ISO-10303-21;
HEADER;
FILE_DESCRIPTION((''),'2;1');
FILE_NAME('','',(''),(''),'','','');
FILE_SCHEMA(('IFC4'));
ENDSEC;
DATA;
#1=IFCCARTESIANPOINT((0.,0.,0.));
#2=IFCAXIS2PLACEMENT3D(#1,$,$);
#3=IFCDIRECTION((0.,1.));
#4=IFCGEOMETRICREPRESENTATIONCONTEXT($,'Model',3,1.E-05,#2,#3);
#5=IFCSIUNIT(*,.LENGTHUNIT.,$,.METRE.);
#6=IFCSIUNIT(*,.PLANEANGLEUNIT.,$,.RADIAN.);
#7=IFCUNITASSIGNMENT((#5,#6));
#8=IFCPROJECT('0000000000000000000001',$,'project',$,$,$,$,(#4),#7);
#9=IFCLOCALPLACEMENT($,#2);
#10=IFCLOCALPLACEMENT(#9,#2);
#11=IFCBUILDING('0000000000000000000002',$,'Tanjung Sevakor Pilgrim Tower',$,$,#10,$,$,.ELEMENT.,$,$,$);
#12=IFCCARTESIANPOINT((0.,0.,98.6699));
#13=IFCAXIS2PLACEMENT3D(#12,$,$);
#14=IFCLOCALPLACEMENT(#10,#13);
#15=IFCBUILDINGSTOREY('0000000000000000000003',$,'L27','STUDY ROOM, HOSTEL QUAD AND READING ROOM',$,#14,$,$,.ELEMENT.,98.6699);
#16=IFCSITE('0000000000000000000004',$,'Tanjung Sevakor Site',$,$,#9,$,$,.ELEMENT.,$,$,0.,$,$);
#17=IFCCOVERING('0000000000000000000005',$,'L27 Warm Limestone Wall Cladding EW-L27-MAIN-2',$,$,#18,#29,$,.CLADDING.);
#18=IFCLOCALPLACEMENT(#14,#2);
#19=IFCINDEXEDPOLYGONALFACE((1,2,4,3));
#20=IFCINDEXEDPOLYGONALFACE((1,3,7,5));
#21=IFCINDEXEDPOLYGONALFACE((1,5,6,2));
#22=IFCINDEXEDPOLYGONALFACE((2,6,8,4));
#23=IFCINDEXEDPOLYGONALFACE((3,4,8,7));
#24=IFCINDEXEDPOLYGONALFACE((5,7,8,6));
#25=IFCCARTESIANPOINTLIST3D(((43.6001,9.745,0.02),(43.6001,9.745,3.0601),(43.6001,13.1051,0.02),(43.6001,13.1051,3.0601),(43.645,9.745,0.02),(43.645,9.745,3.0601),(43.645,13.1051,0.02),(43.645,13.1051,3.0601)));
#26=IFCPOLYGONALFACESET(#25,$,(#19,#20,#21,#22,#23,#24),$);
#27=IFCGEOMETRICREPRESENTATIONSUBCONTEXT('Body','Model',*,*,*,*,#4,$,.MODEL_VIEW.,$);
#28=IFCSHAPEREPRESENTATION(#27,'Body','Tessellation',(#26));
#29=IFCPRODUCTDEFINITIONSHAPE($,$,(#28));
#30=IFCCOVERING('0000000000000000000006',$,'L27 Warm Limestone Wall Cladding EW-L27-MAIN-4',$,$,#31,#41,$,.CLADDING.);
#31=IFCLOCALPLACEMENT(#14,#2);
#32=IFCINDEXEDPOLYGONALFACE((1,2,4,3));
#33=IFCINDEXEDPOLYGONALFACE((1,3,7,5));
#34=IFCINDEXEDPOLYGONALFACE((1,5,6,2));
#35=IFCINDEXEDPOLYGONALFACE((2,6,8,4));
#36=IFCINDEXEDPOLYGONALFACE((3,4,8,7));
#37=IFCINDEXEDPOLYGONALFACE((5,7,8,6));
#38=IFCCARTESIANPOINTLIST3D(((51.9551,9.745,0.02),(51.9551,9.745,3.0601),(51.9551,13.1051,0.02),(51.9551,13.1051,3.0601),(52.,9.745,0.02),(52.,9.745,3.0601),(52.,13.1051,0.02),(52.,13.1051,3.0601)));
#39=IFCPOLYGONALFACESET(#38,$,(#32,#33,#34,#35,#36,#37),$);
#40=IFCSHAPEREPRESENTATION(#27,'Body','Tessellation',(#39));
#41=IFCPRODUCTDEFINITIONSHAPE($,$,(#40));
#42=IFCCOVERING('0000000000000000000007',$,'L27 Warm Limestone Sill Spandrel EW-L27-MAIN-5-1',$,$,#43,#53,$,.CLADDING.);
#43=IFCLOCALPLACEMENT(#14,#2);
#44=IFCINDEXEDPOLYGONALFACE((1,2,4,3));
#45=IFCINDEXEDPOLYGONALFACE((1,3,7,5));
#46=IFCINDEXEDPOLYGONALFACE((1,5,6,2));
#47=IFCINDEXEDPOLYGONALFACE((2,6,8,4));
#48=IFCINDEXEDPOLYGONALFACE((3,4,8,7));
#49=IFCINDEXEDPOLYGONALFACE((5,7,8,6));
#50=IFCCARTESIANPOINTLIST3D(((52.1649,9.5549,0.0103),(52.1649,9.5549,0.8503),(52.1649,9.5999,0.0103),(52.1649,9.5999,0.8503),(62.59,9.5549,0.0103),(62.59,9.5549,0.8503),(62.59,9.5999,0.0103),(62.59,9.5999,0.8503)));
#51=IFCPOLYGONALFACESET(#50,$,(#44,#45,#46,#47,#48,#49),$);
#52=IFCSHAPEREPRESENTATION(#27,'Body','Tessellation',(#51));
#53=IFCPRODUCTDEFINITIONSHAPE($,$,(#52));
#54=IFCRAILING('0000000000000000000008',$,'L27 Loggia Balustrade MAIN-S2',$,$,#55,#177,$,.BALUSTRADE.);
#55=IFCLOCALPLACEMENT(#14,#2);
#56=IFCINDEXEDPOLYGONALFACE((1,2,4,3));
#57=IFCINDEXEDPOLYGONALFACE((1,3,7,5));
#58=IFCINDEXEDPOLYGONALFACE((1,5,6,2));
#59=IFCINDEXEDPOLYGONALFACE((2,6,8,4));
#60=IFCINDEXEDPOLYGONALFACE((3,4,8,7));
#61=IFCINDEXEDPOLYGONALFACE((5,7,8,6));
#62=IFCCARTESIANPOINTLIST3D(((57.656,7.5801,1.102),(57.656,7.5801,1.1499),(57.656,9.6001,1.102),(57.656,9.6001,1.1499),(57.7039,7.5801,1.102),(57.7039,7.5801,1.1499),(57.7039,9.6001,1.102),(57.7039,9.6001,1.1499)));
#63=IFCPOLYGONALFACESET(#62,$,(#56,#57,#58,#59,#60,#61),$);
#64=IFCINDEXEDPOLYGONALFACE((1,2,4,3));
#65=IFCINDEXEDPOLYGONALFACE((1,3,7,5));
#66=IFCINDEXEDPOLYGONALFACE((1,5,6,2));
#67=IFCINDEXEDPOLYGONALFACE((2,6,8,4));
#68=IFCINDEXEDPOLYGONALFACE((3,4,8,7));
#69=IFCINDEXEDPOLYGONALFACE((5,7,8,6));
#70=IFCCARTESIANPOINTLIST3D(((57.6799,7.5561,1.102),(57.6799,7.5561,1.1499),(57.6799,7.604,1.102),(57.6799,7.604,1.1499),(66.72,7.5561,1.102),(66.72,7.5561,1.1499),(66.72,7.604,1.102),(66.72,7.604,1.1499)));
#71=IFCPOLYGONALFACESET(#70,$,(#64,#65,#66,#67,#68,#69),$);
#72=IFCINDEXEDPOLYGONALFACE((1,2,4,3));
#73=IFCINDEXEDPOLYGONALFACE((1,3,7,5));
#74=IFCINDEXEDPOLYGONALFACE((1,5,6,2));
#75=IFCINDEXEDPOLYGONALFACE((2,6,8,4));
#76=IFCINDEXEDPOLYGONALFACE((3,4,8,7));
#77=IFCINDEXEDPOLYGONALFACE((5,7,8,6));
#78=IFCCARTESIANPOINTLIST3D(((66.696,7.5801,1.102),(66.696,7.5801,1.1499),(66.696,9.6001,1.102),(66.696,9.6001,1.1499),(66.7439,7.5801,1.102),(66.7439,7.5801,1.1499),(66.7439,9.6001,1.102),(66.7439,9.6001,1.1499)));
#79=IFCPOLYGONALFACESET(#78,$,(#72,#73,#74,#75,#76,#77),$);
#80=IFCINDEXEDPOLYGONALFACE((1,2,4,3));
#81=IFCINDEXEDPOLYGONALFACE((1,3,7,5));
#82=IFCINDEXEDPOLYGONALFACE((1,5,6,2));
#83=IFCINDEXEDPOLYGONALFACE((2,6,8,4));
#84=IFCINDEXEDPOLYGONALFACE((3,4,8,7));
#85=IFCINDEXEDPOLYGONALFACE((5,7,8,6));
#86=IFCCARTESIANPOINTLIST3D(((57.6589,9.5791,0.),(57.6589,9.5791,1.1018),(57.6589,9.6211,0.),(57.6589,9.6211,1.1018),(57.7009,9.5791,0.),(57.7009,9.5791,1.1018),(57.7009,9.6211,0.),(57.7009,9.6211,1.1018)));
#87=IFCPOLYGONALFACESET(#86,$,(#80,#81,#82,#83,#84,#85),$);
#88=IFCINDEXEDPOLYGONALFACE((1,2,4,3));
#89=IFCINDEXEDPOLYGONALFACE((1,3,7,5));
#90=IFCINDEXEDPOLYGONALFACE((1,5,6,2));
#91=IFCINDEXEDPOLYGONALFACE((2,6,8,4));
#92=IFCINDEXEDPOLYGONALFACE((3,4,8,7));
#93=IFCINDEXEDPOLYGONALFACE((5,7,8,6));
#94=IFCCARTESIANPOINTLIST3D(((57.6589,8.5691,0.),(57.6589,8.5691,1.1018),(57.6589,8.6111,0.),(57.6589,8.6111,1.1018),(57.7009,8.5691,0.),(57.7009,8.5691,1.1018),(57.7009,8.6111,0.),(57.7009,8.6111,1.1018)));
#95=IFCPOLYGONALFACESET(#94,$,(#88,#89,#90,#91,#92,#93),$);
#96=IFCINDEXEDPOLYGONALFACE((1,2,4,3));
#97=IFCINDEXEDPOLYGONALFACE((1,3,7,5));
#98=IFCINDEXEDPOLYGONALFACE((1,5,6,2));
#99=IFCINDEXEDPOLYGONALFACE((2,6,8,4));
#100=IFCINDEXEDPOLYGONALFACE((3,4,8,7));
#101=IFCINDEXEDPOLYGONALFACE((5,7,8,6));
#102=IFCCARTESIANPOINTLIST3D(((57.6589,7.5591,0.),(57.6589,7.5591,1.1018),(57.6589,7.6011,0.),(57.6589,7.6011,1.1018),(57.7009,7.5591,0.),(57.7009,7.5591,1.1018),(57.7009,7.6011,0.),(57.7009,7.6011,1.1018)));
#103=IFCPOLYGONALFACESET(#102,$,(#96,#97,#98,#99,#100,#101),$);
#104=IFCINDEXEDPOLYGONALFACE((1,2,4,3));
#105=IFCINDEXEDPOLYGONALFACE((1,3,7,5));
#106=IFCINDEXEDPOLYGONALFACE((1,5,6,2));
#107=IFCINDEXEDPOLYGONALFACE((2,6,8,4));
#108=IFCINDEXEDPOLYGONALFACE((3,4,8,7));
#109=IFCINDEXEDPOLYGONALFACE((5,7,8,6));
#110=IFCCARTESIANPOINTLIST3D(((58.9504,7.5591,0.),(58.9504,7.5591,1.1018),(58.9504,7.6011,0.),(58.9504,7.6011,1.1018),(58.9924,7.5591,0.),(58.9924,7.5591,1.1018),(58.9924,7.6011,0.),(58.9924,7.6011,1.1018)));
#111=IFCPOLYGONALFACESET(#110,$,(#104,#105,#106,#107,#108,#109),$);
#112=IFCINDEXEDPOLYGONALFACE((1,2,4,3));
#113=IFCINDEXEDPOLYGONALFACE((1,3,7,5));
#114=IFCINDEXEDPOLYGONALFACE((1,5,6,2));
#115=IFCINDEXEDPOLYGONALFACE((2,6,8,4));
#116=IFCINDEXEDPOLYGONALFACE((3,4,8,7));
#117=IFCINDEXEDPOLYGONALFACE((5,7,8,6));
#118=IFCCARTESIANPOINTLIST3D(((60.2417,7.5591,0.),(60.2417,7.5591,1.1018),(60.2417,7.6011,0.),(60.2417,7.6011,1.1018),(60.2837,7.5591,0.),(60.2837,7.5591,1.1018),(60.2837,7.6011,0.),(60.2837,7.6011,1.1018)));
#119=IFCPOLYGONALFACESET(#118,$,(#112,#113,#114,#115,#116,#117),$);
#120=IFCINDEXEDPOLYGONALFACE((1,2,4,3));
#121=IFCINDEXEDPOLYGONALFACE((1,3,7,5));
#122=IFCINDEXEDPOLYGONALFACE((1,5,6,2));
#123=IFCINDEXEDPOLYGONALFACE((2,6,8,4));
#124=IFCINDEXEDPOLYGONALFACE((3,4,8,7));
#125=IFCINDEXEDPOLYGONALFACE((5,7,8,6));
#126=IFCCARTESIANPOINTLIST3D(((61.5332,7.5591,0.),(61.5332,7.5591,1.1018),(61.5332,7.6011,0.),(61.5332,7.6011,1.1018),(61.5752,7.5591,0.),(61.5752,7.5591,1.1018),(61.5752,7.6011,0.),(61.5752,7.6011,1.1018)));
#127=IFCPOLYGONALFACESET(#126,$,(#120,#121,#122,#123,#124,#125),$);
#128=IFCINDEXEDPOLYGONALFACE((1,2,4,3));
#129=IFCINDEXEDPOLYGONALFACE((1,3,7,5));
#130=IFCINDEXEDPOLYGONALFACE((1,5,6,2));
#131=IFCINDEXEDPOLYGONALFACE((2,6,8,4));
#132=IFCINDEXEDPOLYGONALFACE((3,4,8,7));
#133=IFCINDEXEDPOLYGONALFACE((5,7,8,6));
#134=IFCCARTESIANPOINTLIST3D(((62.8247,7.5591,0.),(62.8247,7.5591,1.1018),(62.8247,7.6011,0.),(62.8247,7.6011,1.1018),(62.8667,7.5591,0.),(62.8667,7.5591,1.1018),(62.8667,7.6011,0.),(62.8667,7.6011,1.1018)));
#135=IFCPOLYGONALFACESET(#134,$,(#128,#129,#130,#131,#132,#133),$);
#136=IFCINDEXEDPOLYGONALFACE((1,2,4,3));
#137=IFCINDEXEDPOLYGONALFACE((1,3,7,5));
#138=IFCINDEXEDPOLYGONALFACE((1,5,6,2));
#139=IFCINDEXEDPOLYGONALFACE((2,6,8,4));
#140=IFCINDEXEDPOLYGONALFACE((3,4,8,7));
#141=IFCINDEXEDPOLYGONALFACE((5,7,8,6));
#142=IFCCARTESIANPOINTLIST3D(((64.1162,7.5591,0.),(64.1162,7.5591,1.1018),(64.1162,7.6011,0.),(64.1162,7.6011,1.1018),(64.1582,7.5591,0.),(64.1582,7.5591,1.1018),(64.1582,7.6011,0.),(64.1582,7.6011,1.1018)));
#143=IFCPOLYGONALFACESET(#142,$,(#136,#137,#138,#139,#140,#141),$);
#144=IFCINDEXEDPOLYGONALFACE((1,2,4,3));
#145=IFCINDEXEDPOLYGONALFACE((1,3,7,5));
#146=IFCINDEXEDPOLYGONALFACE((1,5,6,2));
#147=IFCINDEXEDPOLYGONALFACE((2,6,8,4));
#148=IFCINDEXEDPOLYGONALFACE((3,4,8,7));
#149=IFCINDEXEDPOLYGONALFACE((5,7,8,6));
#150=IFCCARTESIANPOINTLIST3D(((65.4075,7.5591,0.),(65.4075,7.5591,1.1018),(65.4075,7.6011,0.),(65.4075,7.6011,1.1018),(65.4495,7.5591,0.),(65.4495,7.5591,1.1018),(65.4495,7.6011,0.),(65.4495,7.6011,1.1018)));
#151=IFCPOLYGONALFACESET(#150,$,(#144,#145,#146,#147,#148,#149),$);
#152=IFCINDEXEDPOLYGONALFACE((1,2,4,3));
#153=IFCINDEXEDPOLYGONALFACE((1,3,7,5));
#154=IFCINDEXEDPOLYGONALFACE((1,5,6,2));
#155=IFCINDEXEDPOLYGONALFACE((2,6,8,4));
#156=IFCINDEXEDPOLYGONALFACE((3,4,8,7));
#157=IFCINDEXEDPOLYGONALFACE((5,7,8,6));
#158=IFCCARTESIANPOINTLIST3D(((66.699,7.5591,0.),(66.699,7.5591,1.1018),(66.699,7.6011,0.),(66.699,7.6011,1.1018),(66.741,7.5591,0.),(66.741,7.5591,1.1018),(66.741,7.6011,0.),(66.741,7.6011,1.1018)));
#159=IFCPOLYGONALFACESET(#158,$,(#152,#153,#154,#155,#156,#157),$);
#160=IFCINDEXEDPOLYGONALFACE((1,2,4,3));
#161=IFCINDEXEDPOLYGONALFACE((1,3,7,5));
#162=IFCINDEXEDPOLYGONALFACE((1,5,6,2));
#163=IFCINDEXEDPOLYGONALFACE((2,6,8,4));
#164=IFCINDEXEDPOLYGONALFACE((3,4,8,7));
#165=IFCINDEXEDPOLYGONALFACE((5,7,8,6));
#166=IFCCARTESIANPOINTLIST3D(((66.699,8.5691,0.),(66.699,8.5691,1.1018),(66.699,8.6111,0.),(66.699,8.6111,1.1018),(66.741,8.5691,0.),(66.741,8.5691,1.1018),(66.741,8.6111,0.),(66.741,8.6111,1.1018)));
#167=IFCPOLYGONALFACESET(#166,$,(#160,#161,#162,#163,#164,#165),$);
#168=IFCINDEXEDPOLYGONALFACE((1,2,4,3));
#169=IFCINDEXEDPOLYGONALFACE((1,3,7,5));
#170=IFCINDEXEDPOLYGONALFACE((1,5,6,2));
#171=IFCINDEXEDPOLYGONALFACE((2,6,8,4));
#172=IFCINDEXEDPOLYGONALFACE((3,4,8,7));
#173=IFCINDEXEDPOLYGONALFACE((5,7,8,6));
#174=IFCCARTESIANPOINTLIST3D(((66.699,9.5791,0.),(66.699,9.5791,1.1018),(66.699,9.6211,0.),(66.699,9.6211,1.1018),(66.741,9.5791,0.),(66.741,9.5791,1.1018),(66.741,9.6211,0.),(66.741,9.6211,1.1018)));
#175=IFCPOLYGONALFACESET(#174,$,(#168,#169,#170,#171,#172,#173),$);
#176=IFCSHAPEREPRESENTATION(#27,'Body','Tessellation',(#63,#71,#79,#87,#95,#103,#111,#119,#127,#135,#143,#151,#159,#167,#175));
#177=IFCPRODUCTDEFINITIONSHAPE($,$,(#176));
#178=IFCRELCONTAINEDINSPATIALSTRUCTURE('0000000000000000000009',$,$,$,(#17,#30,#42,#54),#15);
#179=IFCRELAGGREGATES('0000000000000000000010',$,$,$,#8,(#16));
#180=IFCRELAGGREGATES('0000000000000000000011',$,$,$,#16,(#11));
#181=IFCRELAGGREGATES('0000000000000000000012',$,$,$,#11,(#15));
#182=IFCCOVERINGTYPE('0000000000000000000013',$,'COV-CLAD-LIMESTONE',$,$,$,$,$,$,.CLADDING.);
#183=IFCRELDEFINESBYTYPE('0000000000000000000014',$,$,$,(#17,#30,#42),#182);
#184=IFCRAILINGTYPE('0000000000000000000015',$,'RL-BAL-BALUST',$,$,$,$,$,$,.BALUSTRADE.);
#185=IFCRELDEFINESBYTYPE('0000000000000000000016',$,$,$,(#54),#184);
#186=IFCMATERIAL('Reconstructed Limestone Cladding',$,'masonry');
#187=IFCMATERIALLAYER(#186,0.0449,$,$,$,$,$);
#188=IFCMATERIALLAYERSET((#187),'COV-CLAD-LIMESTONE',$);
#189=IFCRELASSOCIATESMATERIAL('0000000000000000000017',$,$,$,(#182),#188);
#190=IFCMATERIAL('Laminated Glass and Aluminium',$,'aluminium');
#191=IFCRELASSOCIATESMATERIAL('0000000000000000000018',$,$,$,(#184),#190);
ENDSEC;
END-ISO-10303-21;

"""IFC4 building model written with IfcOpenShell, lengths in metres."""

from ifc_helpers import new_model, si_unit, direction, frame, origin, origin_2d, place, context, subcontext, project, spatial, rectangle, extrude, material, layer, layer_set, type_object, element, save


model = new_model("IFC4")

# Units and contexts
model_context = context("Model", 3, precision=1e-05, world=origin(), true_north=direction((0.0, 1.0)))
body_context = subcontext(model_context, "Body", "Model", "MODEL_VIEW")
ifc_project = project(units=[si_unit("LENGTHUNIT", "METRE"), si_unit("PLANEANGLEUNIT", "RADIAN")], contexts=[model_context])

# Site, building, storey
site_placement = place(None, origin())
site = spatial("IfcSite", under=ifc_project, at=site_placement, Name="Tanjung Sevakor Site", CompositionType="ELEMENT", RefElevation=0.0)
building_placement = place(site_placement, origin())
building = spatial("IfcBuilding", under=site, at=building_placement, Name="Tanjung Sevakor Pilgrim Tower", CompositionType="ELEMENT")
storey_placement = place(building_placement, frame((0.0, 0.0, 98.6699)))
storey = spatial("IfcBuildingStorey", under=building, at=storey_placement, Name="L27", Description="STUDY ROOM, HOSTEL QUAD AND READING ROOM", CompositionType="ELEMENT", Elevation=98.6699)

# Coverings
ifc_material_1 = material(Name="Reconstructed Limestone Cladding", Category="masonry")
ifc_layer_1 = layer(ifc_material_1, 0.0449)
ifc_layer_set_1 = layer_set([ifc_layer_1], Name="COV-CLAD-LIMESTONE")
covering_type = type_object("IfcCoveringType", Name="COV-CLAD-LIMESTONE", PredefinedType="CLADDING", material=ifc_layer_set_1)
for number, where, z_axis, x_axis, name in (
    (1, (43.6226, 11.425, 0.02), (0.0, 0.0, 1.0), (0.0, 1.0, 0.0), "L27 Warm Limestone Wall Cladding EW-L27-MAIN-2"),
    (2, (51.9775, 11.425, 0.02), (0.0, 0.0, 1.0), (0.0, -1.0, 0.0), "L27 Warm Limestone Wall Cladding EW-L27-MAIN-4"),
):
    element("IfcCovering", number, at=place(storey_placement, frame(where, z_axis=z_axis, x_axis=x_axis)), inside=storey, type_object=covering_type, Name=name, PredefinedType="CLADDING", context=body_context, shape_type="SweptSolid", body=[
        extrude(rectangle(XDim=3.3601, YDim=0.0449, at=origin_2d()), origin(), (0.0, 0.0, 1.0), 3.04),
    ])
covering_placement = place(storey_placement, frame((57.3774, 9.5774, 0.0103), z_axis=(0.0, 0.0, 1.0), x_axis=(1.0, 0.0, 0.0)))
element("IfcCovering", 3, at=covering_placement, inside=storey, type_object=covering_type, Name="L27 Warm Limestone Sill Spandrel EW-L27-MAIN-5-1", PredefinedType="CLADDING", context=body_context, shape_type="SweptSolid", body=[
    extrude(rectangle(XDim=10.425, YDim=0.0449, at=origin_2d()), origin(), (0.0, 0.0, 1.0), 0.8401),
])

# Railing
ifc_material_2 = material(Name="Laminated Glass and Aluminium", Category="aluminium")
railing_type = type_object("IfcRailingType", Name="RL-BAL-BALUST", PredefinedType="BALUSTRADE", material=ifc_material_2)
railing_placement = place(storey_placement, frame((57.6799, 9.6001, 0.0)))
element("IfcRailing", 4, at=railing_placement, inside=storey, type_object=railing_type, Name="L27 Loggia Balustrade MAIN-S2", PredefinedType="BALUSTRADE", context=body_context, shape_type="SweptSolid", body=[
    extrude(rectangle(XDim=0.0479, YDim=0.0479), frame((0.0, 0.0, 1.126), z_axis=(0.0, -1.0, 0.0), x_axis=(1.0, 0.0, 0.0)), (0.0, 0.0, 1.0), 2.02),
    extrude(rectangle(XDim=0.0479, YDim=0.0479), frame((0.0, -2.02, 1.126), z_axis=(1.0, 0.0, 0.0), x_axis=(0.0, 1.0, 0.0)), (0.0, 0.0, 1.0), 9.04),
    extrude(rectangle(XDim=0.0479, YDim=0.0479), frame((9.04, -2.02, 1.126), z_axis=(0.0, 1.0, 0.0), x_axis=(-1.0, 0.0, 0.0)), (0.0, 0.0, 1.0), 2.02),
    extrude(rectangle(XDim=0.042, YDim=0.042), origin(), (0.0, 0.0, 1.0), 1.1018),
    extrude(rectangle(XDim=0.042, YDim=0.042), frame((0.0, -1.01, 0.0)), (0.0, 0.0, 1.0), 1.1018),
    extrude(rectangle(XDim=0.042, YDim=0.042), frame((0.0, -2.02, 0.0)), (0.0, 0.0, 1.0), 1.1018),
    extrude(rectangle(XDim=0.042, YDim=0.042), frame((1.2915, -2.02, 0.0)), (0.0, 0.0, 1.0), 1.1018),
    extrude(rectangle(XDim=0.042, YDim=0.042), frame((2.5828, -2.02, 0.0)), (0.0, 0.0, 1.0), 1.1018),
    extrude(rectangle(XDim=0.042, YDim=0.042), frame((3.8743, -2.02, 0.0)), (0.0, 0.0, 1.0), 1.1018),
    extrude(rectangle(XDim=0.042, YDim=0.042), frame((5.1658, -2.02, 0.0)), (0.0, 0.0, 1.0), 1.1018),
    extrude(rectangle(XDim=0.042, YDim=0.042), frame((6.4573, -2.02, 0.0)), (0.0, 0.0, 1.0), 1.1018),
    extrude(rectangle(XDim=0.042, YDim=0.042), frame((7.7485, -2.02, 0.0)), (0.0, 0.0, 1.0), 1.1018),
    extrude(rectangle(XDim=0.042, YDim=0.042), frame((9.04, -2.02, 0.0)), (0.0, 0.0, 1.0), 1.1018),
    extrude(rectangle(XDim=0.042, YDim=0.042), frame((9.04, -1.01, 0.0)), (0.0, 0.0, 1.0), 1.1018),
    extrude(rectangle(XDim=0.042, YDim=0.042), frame((9.04, 0.0, 0.0)), (0.0, 0.0, 1.0), 1.1018),
])

save(model, "model.ifc")
